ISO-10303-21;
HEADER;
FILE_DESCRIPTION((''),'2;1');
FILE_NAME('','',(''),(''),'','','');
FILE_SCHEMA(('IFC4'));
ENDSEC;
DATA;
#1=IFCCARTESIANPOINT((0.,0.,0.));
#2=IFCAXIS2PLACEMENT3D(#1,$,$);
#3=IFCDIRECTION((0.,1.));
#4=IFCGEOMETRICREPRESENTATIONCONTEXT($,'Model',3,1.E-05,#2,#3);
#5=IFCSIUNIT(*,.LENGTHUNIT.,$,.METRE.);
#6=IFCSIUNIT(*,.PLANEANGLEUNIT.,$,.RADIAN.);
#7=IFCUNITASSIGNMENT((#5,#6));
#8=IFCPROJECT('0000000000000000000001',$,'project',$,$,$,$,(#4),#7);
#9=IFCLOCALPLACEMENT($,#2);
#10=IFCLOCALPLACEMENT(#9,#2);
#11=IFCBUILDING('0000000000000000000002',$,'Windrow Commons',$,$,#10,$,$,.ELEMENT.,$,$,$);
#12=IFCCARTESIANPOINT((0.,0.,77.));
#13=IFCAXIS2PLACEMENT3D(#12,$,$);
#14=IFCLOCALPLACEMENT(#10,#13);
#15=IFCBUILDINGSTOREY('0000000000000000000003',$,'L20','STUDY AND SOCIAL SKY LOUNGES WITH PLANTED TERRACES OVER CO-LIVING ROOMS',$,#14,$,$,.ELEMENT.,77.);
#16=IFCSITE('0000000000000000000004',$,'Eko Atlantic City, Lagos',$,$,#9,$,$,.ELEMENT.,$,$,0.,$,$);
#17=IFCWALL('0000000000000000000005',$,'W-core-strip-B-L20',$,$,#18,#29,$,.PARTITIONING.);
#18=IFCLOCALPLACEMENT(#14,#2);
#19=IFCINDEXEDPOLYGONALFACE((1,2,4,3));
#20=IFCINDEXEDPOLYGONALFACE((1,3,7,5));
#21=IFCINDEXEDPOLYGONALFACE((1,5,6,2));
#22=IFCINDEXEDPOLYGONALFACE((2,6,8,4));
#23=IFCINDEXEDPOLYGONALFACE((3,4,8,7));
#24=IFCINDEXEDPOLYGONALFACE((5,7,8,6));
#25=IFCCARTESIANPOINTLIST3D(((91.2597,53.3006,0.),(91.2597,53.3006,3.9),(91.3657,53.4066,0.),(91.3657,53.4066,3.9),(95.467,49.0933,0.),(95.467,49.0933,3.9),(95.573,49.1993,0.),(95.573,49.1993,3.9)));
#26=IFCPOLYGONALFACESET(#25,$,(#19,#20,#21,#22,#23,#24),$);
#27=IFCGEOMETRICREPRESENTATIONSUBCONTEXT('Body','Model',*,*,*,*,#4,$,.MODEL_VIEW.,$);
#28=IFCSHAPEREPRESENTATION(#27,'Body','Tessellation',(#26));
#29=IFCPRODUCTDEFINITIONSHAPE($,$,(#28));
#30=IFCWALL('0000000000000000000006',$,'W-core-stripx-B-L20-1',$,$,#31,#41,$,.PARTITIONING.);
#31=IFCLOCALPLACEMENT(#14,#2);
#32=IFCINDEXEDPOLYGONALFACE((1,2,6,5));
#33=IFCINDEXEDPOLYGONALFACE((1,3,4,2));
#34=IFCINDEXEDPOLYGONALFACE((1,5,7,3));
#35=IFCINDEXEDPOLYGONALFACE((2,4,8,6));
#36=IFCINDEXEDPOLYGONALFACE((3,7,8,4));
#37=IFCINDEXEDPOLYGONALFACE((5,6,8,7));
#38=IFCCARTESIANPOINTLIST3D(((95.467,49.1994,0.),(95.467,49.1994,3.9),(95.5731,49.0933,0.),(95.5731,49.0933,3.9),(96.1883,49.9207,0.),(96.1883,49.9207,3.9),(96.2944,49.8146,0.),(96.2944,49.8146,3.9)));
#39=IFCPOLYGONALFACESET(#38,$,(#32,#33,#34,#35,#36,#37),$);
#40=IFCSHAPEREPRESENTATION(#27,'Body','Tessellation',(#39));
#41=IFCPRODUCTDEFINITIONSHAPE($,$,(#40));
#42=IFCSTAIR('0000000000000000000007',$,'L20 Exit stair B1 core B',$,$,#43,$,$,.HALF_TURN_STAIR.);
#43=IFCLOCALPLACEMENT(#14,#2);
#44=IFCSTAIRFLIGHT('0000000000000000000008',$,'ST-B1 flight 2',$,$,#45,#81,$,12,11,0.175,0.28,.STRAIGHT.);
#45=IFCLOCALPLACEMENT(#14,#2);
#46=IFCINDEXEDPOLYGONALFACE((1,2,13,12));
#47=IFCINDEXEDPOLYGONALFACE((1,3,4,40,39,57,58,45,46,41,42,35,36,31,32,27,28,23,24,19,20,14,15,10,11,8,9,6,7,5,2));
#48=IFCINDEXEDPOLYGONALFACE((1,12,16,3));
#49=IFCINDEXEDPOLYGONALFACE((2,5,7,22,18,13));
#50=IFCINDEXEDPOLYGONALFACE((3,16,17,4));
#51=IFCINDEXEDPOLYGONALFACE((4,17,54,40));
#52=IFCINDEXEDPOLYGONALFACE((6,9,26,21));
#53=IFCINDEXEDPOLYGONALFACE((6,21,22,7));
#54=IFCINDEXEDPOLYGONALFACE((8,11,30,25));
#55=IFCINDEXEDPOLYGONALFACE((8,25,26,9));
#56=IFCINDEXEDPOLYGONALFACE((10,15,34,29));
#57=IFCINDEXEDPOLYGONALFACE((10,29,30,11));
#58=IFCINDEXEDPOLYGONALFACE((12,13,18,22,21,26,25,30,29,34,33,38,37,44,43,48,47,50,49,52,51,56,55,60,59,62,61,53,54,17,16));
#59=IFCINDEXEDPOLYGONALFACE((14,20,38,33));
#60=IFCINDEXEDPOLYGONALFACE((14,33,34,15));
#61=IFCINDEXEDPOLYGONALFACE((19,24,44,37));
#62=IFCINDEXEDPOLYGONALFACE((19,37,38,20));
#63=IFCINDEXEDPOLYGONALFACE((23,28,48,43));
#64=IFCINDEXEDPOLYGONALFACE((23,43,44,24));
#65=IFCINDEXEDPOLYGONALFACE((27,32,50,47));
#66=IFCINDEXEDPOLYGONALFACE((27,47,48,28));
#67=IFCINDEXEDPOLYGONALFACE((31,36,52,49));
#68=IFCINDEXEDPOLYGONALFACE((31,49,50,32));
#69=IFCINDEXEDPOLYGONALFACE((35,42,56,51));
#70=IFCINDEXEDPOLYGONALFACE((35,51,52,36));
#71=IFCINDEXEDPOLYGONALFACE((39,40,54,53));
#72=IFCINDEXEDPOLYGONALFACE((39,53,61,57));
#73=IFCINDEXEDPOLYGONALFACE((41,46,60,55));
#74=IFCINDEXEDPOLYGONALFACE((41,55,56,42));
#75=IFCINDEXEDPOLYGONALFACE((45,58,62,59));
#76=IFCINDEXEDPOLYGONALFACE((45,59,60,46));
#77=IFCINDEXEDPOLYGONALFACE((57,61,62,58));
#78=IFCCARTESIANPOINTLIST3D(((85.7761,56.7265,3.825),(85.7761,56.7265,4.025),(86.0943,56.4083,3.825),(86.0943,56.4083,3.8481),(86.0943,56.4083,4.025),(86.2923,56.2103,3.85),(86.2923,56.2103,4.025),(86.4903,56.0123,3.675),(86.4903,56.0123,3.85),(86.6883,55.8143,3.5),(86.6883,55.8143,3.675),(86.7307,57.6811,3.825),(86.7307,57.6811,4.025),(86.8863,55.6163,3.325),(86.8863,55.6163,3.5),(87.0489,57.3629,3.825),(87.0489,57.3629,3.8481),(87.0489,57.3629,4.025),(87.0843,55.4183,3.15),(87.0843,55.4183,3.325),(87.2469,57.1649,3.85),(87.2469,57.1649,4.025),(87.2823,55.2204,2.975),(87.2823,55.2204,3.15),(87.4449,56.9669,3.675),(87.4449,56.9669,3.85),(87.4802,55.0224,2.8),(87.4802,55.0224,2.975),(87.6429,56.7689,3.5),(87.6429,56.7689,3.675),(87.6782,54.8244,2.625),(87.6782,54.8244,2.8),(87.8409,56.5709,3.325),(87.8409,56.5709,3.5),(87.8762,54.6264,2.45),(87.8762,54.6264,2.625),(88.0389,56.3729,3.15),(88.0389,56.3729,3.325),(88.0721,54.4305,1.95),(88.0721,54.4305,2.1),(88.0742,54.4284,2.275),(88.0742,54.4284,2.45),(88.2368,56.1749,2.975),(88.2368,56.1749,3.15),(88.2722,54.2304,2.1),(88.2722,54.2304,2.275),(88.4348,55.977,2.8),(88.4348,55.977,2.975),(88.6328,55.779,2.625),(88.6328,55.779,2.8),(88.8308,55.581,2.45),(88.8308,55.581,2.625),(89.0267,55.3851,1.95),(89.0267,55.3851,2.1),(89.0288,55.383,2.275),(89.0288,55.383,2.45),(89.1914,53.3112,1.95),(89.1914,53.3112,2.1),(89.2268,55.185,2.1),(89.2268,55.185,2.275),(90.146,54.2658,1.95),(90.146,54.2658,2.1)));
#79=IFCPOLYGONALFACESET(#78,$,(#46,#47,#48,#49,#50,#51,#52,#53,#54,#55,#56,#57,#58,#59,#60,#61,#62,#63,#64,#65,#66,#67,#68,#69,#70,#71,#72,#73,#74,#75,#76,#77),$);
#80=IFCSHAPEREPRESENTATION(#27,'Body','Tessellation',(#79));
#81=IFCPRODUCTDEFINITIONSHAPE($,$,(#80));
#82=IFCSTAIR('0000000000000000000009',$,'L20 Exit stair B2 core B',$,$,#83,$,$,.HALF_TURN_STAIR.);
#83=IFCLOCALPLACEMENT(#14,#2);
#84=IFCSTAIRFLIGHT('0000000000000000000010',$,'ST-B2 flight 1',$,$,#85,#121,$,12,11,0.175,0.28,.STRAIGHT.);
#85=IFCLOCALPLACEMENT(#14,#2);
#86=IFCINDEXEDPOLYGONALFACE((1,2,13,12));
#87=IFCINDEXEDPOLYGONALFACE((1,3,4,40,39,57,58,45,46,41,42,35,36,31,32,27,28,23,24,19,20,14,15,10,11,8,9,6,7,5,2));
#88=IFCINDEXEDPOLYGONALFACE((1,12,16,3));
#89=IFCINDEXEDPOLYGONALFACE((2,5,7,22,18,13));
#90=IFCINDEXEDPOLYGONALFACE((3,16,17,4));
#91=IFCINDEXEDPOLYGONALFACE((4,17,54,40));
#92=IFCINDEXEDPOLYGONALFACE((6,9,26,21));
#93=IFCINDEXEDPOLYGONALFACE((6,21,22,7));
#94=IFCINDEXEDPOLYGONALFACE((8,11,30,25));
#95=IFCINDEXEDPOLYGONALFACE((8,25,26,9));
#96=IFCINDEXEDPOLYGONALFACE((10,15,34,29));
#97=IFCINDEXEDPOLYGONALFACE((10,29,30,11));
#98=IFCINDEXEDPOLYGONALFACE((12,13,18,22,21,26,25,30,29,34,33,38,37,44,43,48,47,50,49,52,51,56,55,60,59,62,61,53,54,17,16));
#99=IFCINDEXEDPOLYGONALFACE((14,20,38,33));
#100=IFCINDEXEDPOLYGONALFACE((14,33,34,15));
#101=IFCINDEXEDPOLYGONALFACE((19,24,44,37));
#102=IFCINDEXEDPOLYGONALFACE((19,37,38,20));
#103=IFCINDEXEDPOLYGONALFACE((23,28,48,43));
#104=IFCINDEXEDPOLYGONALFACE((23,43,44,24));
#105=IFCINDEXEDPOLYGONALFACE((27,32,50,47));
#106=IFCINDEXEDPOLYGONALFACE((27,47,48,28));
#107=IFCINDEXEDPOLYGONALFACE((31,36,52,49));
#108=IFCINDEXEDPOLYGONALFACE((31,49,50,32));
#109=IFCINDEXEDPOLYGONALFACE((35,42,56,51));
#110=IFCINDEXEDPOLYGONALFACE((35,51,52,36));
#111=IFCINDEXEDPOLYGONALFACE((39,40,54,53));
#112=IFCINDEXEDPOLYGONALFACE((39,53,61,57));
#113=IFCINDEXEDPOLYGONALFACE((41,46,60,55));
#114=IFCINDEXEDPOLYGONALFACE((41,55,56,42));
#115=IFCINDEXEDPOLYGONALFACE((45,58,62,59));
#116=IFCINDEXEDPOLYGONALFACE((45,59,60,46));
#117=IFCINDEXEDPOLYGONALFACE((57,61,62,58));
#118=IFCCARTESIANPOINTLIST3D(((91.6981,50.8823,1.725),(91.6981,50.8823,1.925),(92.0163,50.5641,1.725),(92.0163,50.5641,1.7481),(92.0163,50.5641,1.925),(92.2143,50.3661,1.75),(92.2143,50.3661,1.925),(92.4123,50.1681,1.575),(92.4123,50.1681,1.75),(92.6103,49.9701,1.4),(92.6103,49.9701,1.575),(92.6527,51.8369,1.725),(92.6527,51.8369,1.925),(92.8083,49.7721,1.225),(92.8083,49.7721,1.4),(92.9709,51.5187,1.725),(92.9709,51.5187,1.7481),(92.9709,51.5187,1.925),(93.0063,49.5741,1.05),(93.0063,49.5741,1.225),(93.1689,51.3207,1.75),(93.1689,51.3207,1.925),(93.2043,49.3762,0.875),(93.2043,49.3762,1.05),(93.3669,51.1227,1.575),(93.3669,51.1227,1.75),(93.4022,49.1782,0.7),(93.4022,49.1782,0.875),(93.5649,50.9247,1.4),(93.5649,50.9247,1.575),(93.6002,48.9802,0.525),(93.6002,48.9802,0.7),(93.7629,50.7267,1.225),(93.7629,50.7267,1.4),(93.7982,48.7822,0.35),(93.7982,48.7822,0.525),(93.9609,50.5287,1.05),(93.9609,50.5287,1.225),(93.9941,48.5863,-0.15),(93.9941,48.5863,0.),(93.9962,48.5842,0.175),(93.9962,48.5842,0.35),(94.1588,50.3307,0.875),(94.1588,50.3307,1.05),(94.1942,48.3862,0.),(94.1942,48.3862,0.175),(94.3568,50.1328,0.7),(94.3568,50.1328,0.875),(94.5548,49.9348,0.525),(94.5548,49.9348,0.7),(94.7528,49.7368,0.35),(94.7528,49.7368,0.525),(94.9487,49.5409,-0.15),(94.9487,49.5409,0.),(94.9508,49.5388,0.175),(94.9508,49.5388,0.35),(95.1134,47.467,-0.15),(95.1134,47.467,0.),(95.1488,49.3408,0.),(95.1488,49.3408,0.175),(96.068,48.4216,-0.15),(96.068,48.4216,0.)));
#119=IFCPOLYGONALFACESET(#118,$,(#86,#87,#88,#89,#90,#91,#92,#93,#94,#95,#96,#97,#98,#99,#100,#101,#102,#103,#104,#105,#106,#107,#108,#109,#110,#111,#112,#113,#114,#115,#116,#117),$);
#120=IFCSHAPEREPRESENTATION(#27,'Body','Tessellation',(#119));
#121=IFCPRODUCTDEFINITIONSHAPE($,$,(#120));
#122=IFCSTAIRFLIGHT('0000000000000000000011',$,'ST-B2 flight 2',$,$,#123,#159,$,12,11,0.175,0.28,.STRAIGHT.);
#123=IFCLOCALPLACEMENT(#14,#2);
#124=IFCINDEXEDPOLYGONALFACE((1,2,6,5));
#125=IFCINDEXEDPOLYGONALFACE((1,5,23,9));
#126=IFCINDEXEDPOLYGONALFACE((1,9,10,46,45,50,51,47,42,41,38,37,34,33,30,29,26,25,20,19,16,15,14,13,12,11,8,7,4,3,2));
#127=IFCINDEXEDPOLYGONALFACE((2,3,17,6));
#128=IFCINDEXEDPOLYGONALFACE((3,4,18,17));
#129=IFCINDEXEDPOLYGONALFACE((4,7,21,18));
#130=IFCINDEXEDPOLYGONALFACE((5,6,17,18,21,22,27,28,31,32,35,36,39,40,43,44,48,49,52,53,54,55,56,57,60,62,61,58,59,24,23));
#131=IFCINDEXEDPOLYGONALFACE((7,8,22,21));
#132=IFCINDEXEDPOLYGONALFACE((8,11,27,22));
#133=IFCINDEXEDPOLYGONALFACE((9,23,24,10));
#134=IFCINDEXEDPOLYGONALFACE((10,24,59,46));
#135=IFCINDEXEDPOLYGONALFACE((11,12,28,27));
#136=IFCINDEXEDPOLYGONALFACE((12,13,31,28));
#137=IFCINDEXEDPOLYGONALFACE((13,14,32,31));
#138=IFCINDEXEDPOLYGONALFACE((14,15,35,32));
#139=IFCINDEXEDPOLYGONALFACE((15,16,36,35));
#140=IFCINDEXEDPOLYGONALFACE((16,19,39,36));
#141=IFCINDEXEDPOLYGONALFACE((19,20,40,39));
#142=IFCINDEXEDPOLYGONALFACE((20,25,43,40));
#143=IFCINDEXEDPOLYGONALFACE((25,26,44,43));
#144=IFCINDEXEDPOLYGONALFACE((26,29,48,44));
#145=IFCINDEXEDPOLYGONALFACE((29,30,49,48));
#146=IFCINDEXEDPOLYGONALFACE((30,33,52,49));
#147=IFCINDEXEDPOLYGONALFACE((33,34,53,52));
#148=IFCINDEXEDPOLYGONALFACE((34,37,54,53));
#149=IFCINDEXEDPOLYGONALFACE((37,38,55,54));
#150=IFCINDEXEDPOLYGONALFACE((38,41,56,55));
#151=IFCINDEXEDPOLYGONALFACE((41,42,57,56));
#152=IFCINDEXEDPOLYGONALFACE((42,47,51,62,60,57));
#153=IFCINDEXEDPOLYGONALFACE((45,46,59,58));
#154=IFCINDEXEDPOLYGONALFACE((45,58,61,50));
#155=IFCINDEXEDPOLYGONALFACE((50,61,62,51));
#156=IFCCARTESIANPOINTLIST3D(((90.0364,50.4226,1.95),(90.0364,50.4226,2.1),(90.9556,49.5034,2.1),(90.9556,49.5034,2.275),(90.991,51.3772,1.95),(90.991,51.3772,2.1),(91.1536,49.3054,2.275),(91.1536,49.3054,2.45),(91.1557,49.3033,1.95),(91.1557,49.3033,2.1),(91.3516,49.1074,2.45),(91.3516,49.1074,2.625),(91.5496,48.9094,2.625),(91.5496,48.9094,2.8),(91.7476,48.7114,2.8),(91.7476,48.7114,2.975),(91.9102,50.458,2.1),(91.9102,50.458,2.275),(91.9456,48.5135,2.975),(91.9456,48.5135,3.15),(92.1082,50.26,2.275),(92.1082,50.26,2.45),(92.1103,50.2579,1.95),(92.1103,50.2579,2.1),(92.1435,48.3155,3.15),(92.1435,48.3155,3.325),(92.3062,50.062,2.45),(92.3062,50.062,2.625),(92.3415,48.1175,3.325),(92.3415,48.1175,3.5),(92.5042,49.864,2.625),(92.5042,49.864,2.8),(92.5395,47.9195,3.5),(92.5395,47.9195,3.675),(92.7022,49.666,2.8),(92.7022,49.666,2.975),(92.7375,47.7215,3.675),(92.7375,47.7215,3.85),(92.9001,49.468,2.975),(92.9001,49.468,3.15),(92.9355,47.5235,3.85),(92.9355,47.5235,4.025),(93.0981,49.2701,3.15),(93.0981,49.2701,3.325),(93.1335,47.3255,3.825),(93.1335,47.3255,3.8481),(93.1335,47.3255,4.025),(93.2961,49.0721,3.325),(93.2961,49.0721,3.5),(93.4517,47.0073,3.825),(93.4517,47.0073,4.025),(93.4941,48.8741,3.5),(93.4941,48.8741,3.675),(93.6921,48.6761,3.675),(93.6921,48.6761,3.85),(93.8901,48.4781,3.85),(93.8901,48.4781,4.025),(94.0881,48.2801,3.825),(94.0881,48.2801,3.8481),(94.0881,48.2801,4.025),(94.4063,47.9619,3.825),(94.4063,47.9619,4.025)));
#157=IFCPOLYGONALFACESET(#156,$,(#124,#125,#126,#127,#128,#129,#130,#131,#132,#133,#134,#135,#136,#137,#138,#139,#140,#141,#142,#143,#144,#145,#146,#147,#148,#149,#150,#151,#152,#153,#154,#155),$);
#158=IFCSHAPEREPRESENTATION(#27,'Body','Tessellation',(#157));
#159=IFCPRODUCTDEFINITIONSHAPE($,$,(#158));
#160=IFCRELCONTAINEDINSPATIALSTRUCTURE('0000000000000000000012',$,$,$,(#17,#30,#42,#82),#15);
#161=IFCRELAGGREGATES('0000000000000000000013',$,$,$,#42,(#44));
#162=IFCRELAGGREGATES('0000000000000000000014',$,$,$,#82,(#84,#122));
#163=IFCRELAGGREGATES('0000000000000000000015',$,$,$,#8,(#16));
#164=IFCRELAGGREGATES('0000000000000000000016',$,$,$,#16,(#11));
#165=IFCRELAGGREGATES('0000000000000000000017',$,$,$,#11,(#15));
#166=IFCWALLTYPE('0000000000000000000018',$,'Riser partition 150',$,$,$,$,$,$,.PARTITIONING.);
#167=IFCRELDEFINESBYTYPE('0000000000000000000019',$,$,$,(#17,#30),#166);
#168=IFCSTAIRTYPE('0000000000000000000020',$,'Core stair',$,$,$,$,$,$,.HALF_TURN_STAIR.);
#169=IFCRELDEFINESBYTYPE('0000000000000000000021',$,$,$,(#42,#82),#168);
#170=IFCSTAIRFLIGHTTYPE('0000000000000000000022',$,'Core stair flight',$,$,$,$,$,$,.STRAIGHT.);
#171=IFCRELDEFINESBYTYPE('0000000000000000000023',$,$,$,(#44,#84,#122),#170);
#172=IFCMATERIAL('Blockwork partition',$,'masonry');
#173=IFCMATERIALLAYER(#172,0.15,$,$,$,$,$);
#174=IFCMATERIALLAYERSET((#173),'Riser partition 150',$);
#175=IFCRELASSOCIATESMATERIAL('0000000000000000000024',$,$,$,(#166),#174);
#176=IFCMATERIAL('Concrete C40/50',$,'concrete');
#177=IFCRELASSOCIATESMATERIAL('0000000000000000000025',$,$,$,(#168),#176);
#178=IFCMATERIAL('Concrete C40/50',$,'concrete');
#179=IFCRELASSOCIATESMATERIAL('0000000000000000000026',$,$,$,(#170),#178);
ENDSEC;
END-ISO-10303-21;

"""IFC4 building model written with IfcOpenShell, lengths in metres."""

from ifc_helpers import new_model, si_unit, direction, frame, frame_2d, origin, place, context, subcontext, project, spatial, polyline, rectangle, outline, extrude, material, layer, layer_set, type_object, element, aggregate, save


model = new_model("IFC4")

# Units and contexts
model_context = context("Model", 3, precision=1e-05, world=origin(), true_north=direction((0.0, 1.0)))
body_context = subcontext(model_context, "Body", "Model", "MODEL_VIEW")
ifc_project = project(units=[si_unit("LENGTHUNIT", "METRE"), si_unit("PLANEANGLEUNIT", "RADIAN")], contexts=[model_context])

# Site, building, storey
site_placement = place(None, origin())
site = spatial("IfcSite", under=ifc_project, at=site_placement, Name="Eko Atlantic City, Lagos", CompositionType="ELEMENT", RefElevation=0.0)
building_placement = place(site_placement, origin())
building = spatial("IfcBuilding", under=site, at=building_placement, Name="Windrow Commons", CompositionType="ELEMENT")
storey_placement = place(building_placement, frame((0.0, 0.0, 77.0)))
storey = spatial("IfcBuildingStorey", under=building, at=storey_placement, Name="L20", Description="STUDY AND SOCIAL SKY LOUNGES WITH PLANTED TERRACES OVER CO-LIVING ROOMS", CompositionType="ELEMENT", Elevation=77.0)

# Shared definitions
placement = place(storey_placement, origin())

# Walls
ifc_material_1 = material(Name="Blockwork partition", Category="masonry")
ifc_layer_1 = layer(ifc_material_1, 0.15)
ifc_layer_set_1 = layer_set([ifc_layer_1], Name="Riser partition 150")
wall_type_1 = type_object("IfcWallType", Name="Riser partition 150", PredefinedType="PARTITIONING", material=ifc_layer_set_1)
wall_1_placement = place(storey_placement, frame((91.3127, 53.3536, 0.0), z_axis=(0.0, 0.0, 1.0), x_axis=(0.707107, -0.707107, 0.0)))
element("IfcWall", 1, at=wall_1_placement, inside=storey, type_object=wall_type_1, Name="W-core-strip-B-L20", PredefinedType="PARTITIONING", context=body_context, shape_type="SweptSolid", body=[
    extrude(rectangle(XDim=5.95, YDim=0.15, at=frame_2d((2.975, 0.0))), origin(), (0.0, 0.0, 1.0), 3.9),
])
wall_2_placement = place(storey_placement, frame((95.52, 49.1463, 0.0), z_axis=(0.0, 0.0, 1.0), x_axis=(0.707107, 0.707107, 0.0)))
element("IfcWall", 2, at=wall_2_placement, inside=storey, type_object=wall_type_1, Name="W-core-stripx-B-L20-1", PredefinedType="PARTITIONING", context=body_context, shape_type="SweptSolid", body=[
    extrude(rectangle(XDim=1.0201, YDim=0.15, at=frame_2d((0.5101, 0.0))), origin(), (0.0, 0.0, 1.0), 3.9),
])

# Stair, stair flight
ifc_material_2 = material(Name="Concrete C40/50", Category="concrete")
stair_type = type_object("IfcStairType", Name="Core stair", PredefinedType="HALF_TURN_STAIR", material=ifc_material_2)
stair_1 = element("IfcStair", 3, at=placement, inside=storey, type_object=stair_type, Name="L20 Exit stair B1 core B", PredefinedType="HALF_TURN_STAIR")
ifc_material_3 = material(Name="Concrete C40/50", Category="concrete")
stair_flight_type = type_object("IfcStairFlightType", Name="Core stair flight", PredefinedType="STRAIGHT", material=ifc_material_3)
stair_flight_1_placement = place(storey_placement, frame((88.7495, 54.7077, 2.1), z_axis=(0.0, 0.0, 1.0), x_axis=(-0.707107, 0.707107, 0.0)))
stair_flight_1 = element("IfcStairFlight", 4, at=stair_flight_1_placement, type_object=stair_flight_type, Name="ST-B1 flight 2", NumberOfRisers=12, NumberOfTreads=11, PredefinedType="STRAIGHT", RiserHeight=0.175, TreadLength=0.28, context=body_context, shape_type="SweptSolid", body=[
    extrude(outline(polyline([(-1.3, -0.15), (-1.3, 0.0), (0.0, 0.0), (0.0, 0.175), (0.28, 0.175), (0.28, 0.35), (0.56, 0.35), (0.56, 0.525), (0.84, 0.525), (0.84, 0.7), (1.12, 0.7), (1.12, 0.875), (1.4, 0.875), (1.4, 1.05), (1.68, 1.05), (1.68, 1.225), (1.96, 1.225), (1.96, 1.4), (2.24, 1.4), (2.24, 1.575), (2.52, 1.575), (2.52, 1.75), (2.8, 1.75), (2.8, 1.925), (3.08, 1.925), (3.53, 1.925), (3.53, 1.725), (3.08, 1.725), (3.08, 1.7481), (0.283, 0.0), (0.283, -0.15), (-1.3, -0.15)])), frame((0.0, 0.675, 0.0), z_axis=(0.0, -1.0, 0.0), x_axis=(1.0, 0.0, 0.0)), (0.0, 0.0, 1.0), 1.35),
])
aggregate(stair_1, [stair_flight_1])

# Stair, stair flights
stair_2 = element("IfcStair", 5, at=placement, inside=storey, type_object=stair_type, Name="L20 Exit stair B2 core B", PredefinedType="HALF_TURN_STAIR")
stair_flight_2_placement = place(storey_placement, frame((94.6715, 48.8635, 0.0), z_axis=(0.0, 0.0, 1.0), x_axis=(-0.707107, 0.707107, 0.0)))
stair_flight_2 = element("IfcStairFlight", 6, at=stair_flight_2_placement, type_object=stair_flight_type, Name="ST-B2 flight 1", NumberOfRisers=12, NumberOfTreads=11, PredefinedType="STRAIGHT", RiserHeight=0.175, TreadLength=0.28, context=body_context, shape_type="SweptSolid", body=[
    extrude(outline(polyline([(-1.3, -0.15), (-1.3, 0.0), (0.0, 0.0), (0.0, 0.175), (0.28, 0.175), (0.28, 0.35), (0.56, 0.35), (0.56, 0.525), (0.84, 0.525), (0.84, 0.7), (1.12, 0.7), (1.12, 0.875), (1.4, 0.875), (1.4, 1.05), (1.68, 1.05), (1.68, 1.225), (1.96, 1.225), (1.96, 1.4), (2.24, 1.4), (2.24, 1.575), (2.52, 1.575), (2.52, 1.75), (2.8, 1.75), (2.8, 1.925), (3.08, 1.925), (3.53, 1.925), (3.53, 1.725), (3.08, 1.725), (3.08, 1.7481), (0.283, 0.0), (0.283, -0.15), (-1.3, -0.15)])), frame((0.0, 0.675, 0.0), z_axis=(0.0, -1.0, 0.0), x_axis=(1.0, 0.0, 0.0)), (0.0, 0.0, 1.0), 1.35),
])
stair_flight_3_placement = place(storey_placement, frame((91.4329, 49.9807, 2.1), z_axis=(0.0, 0.0, 1.0), x_axis=(0.707107, -0.707107, 0.0)))
stair_flight_3 = element("IfcStairFlight", 7, at=stair_flight_3_placement, type_object=stair_flight_type, Name="ST-B2 flight 2", NumberOfRisers=12, NumberOfTreads=11, PredefinedType="STRAIGHT", RiserHeight=0.175, TreadLength=0.28, context=body_context, shape_type="SweptSolid", body=[
    extrude(outline(polyline([(-1.3, -0.15), (-1.3, 0.0), (0.0, 0.0), (0.0, 0.175), (0.28, 0.175), (0.28, 0.35), (0.56, 0.35), (0.56, 0.525), (0.84, 0.525), (0.84, 0.7), (1.12, 0.7), (1.12, 0.875), (1.4, 0.875), (1.4, 1.05), (1.68, 1.05), (1.68, 1.225), (1.96, 1.225), (1.96, 1.4), (2.24, 1.4), (2.24, 1.575), (2.52, 1.575), (2.52, 1.75), (2.8, 1.75), (2.8, 1.925), (3.08, 1.925), (3.53, 1.925), (3.53, 1.725), (3.08, 1.725), (3.08, 1.7481), (0.283, 0.0), (0.283, -0.15), (-1.3, -0.15)])), frame((0.0, 0.675, 0.0), z_axis=(0.0, -1.0, 0.0), x_axis=(1.0, 0.0, 0.0)), (0.0, 0.0, 1.0), 1.35),
])
aggregate(stair_2, [stair_flight_2, stair_flight_3])

save(model, "model.ifc")
